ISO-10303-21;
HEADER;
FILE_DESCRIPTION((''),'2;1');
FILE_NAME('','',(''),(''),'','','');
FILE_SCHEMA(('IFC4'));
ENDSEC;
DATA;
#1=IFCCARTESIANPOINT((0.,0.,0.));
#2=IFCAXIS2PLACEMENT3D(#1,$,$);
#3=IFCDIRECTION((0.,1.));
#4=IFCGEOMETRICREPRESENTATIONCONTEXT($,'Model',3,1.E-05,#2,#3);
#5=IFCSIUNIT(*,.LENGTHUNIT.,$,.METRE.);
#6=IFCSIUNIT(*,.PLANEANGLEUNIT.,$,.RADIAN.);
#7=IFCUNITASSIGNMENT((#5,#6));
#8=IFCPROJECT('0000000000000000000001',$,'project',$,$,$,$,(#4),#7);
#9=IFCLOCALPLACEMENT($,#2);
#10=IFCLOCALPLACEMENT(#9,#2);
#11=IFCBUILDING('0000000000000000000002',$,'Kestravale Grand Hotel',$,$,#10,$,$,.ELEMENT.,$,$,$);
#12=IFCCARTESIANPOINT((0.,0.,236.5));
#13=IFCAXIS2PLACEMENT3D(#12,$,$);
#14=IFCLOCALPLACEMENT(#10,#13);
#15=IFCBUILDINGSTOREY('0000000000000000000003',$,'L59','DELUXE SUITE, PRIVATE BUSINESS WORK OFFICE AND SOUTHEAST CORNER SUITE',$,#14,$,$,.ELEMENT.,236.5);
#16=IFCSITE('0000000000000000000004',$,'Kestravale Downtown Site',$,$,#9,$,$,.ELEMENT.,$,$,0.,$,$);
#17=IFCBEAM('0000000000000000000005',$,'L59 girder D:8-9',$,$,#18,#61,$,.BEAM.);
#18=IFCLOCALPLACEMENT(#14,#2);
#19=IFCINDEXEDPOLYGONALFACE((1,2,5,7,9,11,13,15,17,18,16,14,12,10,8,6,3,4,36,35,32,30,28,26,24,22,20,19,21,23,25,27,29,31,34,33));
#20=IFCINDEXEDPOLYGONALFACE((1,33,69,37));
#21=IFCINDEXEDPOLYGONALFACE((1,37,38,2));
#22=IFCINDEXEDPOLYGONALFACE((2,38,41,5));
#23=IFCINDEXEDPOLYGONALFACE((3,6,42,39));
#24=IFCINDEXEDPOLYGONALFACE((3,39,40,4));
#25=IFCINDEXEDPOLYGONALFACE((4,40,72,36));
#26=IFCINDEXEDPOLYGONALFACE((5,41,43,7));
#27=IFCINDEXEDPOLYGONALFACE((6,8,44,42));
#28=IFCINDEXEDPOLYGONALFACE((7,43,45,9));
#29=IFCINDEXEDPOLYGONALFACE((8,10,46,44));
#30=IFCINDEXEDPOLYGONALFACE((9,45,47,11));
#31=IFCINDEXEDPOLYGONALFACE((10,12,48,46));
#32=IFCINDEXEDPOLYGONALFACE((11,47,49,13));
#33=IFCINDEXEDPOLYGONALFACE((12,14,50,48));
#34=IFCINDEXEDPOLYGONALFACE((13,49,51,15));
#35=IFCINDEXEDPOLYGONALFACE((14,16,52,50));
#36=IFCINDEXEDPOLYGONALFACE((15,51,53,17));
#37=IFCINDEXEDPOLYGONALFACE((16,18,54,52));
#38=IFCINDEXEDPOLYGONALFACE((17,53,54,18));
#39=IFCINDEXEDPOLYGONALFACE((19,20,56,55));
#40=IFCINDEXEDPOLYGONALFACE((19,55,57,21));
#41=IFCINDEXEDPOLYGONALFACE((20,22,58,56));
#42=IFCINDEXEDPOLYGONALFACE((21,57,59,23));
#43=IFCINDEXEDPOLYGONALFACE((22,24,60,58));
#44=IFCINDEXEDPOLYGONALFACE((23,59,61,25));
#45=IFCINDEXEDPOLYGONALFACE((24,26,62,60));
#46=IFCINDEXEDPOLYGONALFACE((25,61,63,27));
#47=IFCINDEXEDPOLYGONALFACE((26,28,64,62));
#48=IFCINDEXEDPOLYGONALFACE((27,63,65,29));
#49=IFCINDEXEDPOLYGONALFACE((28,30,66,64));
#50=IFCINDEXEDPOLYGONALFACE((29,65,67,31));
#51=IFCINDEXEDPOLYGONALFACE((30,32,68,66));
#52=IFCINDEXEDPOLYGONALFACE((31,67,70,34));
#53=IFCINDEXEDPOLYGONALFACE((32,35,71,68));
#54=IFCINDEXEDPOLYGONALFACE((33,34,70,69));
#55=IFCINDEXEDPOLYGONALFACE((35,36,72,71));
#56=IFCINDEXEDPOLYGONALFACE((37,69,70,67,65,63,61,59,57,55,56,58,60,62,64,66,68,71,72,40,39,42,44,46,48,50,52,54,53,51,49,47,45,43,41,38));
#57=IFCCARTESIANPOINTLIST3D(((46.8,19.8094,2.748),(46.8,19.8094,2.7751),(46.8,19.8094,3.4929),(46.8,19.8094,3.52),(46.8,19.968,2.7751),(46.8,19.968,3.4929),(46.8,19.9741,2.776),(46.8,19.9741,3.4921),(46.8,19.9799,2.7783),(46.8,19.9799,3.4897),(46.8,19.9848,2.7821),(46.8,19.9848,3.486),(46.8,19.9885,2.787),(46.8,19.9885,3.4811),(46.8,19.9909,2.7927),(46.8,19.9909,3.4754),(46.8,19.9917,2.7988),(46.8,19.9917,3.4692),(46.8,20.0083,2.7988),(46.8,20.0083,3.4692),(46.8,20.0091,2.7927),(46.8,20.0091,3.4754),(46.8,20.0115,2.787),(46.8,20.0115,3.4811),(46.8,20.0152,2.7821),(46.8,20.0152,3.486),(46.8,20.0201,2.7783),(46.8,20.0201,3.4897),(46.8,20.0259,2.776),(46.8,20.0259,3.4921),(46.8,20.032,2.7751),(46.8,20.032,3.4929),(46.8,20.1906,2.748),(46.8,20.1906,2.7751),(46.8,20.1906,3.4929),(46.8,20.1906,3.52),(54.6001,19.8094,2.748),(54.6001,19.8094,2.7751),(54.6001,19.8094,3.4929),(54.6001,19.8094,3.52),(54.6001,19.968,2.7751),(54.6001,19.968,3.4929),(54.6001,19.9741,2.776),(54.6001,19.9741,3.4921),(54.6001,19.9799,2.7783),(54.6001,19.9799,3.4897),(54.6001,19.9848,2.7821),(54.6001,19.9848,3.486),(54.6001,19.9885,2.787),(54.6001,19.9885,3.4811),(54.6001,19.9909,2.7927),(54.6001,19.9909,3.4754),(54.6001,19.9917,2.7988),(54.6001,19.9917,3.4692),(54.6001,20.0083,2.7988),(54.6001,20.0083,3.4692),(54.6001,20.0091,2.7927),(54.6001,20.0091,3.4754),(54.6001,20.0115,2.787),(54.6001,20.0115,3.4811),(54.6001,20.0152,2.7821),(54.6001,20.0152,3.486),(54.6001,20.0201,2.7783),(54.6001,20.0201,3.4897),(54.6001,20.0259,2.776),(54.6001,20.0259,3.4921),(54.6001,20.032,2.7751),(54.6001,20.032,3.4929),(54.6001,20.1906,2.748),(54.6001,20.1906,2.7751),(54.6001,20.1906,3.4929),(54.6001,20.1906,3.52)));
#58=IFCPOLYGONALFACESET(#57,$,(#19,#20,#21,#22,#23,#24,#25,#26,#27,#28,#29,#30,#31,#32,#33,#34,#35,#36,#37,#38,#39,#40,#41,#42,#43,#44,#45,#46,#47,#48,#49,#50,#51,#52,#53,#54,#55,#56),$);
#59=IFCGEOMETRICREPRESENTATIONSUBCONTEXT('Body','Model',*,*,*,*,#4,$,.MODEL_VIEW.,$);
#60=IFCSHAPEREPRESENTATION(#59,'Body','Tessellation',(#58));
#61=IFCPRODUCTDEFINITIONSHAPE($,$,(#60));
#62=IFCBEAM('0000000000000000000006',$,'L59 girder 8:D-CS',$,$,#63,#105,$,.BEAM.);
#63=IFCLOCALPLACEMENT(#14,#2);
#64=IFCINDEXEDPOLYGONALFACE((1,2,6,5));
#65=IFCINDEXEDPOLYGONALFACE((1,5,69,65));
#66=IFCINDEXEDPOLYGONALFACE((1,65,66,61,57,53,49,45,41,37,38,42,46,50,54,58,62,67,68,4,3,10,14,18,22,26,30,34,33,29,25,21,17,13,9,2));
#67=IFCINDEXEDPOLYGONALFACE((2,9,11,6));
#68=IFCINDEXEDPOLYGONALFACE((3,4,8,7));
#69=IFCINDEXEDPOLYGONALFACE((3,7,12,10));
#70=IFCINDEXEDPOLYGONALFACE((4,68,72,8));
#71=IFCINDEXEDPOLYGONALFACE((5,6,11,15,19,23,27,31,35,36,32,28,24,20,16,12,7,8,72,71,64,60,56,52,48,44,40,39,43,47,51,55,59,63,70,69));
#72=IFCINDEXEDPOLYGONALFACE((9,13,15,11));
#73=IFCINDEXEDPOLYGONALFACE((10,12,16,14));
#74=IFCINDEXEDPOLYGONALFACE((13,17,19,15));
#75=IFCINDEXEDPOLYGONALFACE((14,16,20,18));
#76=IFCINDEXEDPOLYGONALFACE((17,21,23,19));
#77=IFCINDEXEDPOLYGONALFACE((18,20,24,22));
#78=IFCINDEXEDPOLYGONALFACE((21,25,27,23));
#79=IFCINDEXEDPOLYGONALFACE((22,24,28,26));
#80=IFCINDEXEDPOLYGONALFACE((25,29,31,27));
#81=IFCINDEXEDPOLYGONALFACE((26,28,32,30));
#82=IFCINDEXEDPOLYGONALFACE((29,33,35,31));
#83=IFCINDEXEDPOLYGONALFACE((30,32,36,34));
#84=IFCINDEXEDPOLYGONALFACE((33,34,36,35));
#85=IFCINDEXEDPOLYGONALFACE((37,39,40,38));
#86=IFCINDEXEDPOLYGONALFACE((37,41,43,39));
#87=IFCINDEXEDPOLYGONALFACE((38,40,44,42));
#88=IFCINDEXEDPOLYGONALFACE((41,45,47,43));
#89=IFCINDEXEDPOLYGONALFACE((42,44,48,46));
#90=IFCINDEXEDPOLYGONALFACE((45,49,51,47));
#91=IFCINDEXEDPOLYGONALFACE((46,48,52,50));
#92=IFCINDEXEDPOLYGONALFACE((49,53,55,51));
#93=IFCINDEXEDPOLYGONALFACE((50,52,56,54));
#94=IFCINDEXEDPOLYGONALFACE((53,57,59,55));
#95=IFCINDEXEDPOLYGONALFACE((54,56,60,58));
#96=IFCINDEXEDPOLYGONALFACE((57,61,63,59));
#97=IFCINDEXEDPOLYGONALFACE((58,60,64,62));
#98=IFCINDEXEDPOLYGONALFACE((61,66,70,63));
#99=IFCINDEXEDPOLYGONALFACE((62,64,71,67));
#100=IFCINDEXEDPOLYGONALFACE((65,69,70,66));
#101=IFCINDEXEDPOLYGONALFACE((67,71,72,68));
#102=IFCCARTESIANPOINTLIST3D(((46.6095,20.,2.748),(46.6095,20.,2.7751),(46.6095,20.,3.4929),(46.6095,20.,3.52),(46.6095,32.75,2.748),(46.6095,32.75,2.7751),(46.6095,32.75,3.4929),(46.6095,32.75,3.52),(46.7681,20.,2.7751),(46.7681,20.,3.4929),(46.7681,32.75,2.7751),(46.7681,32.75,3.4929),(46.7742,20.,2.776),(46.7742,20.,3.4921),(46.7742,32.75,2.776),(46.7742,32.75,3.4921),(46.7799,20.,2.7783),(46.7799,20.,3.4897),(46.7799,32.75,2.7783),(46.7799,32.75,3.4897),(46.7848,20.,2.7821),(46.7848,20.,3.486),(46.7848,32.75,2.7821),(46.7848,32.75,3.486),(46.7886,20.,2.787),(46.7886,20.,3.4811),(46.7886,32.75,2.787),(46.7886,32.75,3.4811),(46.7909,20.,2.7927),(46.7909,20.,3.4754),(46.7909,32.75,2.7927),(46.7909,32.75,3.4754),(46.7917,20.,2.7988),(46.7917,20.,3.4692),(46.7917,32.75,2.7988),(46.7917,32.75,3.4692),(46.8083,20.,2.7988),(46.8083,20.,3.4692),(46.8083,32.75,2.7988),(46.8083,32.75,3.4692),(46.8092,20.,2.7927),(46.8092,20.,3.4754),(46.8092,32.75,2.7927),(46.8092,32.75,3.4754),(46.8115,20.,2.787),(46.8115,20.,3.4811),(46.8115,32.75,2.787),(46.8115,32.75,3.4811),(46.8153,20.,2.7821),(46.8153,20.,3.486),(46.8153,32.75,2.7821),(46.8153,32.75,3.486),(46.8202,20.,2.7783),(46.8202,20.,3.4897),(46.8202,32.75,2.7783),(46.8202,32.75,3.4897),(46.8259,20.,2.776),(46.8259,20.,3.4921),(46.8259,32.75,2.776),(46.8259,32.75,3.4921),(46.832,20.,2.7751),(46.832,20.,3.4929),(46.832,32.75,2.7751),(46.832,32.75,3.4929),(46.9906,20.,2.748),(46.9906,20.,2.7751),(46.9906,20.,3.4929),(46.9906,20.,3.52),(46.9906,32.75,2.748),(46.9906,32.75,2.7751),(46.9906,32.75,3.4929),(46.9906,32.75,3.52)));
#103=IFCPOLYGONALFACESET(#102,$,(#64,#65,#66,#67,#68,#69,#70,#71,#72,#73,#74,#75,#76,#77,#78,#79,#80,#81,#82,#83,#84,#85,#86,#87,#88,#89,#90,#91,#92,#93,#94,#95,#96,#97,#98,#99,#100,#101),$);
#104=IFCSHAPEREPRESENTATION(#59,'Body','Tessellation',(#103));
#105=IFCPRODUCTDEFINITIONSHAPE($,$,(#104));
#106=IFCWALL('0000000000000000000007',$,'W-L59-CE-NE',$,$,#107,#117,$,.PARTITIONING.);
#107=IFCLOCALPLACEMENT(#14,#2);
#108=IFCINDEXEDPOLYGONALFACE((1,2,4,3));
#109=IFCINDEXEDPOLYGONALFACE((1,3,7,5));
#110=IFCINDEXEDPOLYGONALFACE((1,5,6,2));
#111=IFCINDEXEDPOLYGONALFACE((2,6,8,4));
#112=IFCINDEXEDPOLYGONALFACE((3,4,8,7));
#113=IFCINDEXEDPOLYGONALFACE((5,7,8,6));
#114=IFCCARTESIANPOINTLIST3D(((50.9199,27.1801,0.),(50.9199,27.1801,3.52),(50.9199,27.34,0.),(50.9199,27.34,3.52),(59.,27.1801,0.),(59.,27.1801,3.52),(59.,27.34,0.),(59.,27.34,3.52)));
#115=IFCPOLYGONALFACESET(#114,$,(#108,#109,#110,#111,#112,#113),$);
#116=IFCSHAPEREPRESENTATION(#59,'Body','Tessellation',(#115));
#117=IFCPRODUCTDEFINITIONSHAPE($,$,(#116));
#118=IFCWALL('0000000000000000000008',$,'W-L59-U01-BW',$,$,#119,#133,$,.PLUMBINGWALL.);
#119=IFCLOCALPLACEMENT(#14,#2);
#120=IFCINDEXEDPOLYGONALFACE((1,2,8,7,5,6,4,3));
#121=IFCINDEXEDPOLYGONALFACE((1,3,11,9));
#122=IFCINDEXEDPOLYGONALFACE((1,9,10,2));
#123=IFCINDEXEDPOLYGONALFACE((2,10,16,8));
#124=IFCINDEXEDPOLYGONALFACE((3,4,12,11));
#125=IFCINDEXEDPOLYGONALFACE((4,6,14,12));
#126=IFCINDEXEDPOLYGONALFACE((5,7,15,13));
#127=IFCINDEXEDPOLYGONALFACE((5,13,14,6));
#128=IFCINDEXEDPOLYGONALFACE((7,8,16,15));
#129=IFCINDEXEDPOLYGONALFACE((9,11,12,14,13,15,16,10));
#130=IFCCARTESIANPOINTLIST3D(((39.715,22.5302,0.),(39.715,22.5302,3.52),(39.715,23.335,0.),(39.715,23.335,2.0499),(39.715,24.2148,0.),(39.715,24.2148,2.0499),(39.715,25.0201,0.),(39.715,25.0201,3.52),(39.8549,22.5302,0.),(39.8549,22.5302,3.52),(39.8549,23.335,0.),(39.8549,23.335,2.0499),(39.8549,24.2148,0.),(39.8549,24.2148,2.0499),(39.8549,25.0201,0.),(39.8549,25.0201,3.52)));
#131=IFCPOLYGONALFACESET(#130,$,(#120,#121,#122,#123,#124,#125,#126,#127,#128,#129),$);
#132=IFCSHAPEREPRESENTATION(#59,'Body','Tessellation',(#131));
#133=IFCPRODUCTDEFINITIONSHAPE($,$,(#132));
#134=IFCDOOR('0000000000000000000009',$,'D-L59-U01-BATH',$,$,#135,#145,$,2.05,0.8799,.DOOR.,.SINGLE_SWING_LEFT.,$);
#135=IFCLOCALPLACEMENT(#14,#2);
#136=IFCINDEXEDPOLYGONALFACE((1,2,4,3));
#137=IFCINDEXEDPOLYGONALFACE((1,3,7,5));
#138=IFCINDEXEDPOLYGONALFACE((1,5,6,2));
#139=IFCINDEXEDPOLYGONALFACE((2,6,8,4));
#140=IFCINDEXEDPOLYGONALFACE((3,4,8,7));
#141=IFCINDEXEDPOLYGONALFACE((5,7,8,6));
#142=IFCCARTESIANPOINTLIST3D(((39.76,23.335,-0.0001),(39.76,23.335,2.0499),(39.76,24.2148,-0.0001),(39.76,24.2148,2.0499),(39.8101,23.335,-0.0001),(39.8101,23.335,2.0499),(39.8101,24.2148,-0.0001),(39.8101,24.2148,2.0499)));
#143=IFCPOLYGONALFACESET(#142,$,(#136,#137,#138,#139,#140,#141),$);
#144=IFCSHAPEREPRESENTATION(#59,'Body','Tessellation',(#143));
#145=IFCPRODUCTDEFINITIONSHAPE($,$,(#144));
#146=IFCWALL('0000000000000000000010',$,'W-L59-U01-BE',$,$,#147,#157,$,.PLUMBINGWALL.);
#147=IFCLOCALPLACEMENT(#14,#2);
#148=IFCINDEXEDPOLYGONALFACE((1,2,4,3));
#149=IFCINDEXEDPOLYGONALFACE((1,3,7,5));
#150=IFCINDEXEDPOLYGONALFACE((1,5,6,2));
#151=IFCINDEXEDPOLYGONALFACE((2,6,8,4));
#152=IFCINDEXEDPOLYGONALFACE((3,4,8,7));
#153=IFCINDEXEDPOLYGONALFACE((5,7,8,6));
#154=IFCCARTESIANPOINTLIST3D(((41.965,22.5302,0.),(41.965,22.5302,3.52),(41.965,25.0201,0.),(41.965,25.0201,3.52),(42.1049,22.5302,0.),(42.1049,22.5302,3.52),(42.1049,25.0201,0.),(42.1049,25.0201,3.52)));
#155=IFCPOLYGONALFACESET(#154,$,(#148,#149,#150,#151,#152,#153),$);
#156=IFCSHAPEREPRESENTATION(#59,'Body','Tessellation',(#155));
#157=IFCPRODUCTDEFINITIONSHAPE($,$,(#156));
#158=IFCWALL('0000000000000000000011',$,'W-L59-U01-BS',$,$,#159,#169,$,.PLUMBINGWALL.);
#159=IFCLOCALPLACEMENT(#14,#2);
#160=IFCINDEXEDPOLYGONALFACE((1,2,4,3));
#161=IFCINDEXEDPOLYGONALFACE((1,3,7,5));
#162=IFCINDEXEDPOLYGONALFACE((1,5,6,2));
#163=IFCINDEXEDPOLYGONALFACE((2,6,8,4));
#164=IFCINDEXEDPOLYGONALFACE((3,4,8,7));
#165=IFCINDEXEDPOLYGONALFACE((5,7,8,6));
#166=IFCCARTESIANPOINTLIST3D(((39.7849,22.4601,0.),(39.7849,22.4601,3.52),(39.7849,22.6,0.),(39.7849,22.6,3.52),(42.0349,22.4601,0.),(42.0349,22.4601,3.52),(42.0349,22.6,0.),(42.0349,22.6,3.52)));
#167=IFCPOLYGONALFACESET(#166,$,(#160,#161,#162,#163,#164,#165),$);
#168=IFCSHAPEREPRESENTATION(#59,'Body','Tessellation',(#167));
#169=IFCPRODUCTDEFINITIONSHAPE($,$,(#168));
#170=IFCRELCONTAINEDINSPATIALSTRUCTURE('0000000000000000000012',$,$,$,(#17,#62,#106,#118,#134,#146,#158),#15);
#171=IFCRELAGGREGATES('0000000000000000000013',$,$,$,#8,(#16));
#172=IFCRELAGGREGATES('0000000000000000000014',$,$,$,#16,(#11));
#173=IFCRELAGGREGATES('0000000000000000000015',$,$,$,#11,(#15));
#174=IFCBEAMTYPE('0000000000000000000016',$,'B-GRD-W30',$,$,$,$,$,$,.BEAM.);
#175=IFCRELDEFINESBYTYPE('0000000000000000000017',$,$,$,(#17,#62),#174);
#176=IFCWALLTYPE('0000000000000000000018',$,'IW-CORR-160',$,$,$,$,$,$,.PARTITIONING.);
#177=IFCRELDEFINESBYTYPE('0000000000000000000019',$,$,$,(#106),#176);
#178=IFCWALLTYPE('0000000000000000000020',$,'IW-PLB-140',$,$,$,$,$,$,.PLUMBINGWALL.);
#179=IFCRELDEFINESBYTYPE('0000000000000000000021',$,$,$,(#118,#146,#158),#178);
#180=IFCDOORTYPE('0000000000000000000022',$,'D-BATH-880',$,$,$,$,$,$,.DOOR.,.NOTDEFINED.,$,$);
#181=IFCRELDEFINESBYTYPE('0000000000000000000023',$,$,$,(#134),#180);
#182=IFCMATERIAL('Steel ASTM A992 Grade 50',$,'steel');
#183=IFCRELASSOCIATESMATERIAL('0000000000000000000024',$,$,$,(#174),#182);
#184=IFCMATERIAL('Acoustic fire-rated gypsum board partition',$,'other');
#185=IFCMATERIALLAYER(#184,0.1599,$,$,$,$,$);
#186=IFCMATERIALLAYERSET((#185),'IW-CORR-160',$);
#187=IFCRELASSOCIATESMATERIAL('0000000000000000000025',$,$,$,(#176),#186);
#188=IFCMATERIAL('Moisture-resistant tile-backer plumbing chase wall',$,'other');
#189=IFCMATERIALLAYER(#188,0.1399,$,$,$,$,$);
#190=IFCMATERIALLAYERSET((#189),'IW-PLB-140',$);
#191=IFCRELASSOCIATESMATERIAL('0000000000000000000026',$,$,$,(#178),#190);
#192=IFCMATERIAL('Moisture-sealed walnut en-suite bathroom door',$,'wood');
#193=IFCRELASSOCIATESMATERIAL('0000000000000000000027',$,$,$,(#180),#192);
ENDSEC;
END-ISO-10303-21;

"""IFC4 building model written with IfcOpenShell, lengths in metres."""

from ifc_helpers import new_model, si_unit, direction, frame, frame_2d, origin, origin_2d, place, context, subcontext, project, spatial, rectangle, i_section, extrude, material, layer, layer_set, material_profile, profile_set, type_object, element, fill, save


model = new_model("IFC4")

# Units and contexts
model_context = context("Model", 3, precision=1e-05, world=origin(), true_north=direction((0.0, 1.0)))
body_context = subcontext(model_context, "Body", "Model", "MODEL_VIEW")
ifc_project = project(units=[si_unit("LENGTHUNIT", "METRE"), si_unit("PLANEANGLEUNIT", "RADIAN")], contexts=[model_context])

# Site, building, storey
site_placement = place(None, origin())
site = spatial("IfcSite", under=ifc_project, at=site_placement, Name="Kestravale Downtown Site", CompositionType="ELEMENT", RefElevation=0.0)
building_placement = place(site_placement, origin())
building = spatial("IfcBuilding", under=site, at=building_placement, Name="Kestravale Grand Hotel", CompositionType="ELEMENT")
storey_placement = place(building_placement, frame((0.0, 0.0, 236.5)))
storey = spatial("IfcBuildingStorey", under=building, at=storey_placement, Name="L59", Description="DELUXE SUITE, PRIVATE BUSINESS WORK OFFICE AND SOUTHEAST CORNER SUITE", CompositionType="ELEMENT", Elevation=236.5)

# Beams
ifc_material_1 = material(Name="Steel ASTM A992 Grade 50", Category="steel")
ifc_material_profile = material_profile(ifc_material_1, i_section(OverallWidth=0.3811, OverallDepth=0.772, WebThickness=0.0166, FlangeThickness=0.0271, FilletRadius=0.0237, at=origin_2d()))
ifc_profile_set = profile_set([ifc_material_profile], Name="Steel ASTM A992 Grade 50")
beam_type = type_object("IfcBeamType", Name="B-GRD-W30", PredefinedType="BEAM", material=ifc_profile_set)
beam_1_placement = place(storey_placement, frame((46.8, 20.0, 3.134), z_axis=(1.0, 0.0, 0.0), x_axis=(0.0, 1.0, 0.0)))
element("IfcBeam", 1, at=beam_1_placement, inside=storey, type_object=beam_type, Name="L59 girder D:8-9", PredefinedType="BEAM", context=body_context, shape_type="SweptSolid", body=[
    extrude(i_section(OverallWidth=0.3811, OverallDepth=0.772, WebThickness=0.0166, FlangeThickness=0.0271, FilletRadius=0.0237, at=origin_2d()), origin(), (0.0, 0.0, 1.0), 7.8),
])
beam_2_placement = place(storey_placement, frame((46.8, 20.0, 3.134), z_axis=(0.0, 1.0, 0.0), x_axis=(-1.0, 0.0, 0.0)))
element("IfcBeam", 2, at=beam_2_placement, inside=storey, type_object=beam_type, Name="L59 girder 8:D-CS", PredefinedType="BEAM", context=body_context, shape_type="SweptSolid", body=[
    extrude(i_section(OverallWidth=0.3811, OverallDepth=0.772, WebThickness=0.0166, FlangeThickness=0.0271, FilletRadius=0.0237, at=origin_2d()), origin(), (0.0, 0.0, 1.0), 12.75),
])

# Wall
ifc_material_2 = material(Name="Acoustic fire-rated gypsum board partition", Category="other")
ifc_layer_1 = layer(ifc_material_2, 0.1599)
ifc_layer_set_1 = layer_set([ifc_layer_1], Name="IW-CORR-160")
wall_type_1 = type_object("IfcWallType", Name="IW-CORR-160", PredefinedType="PARTITIONING", material=ifc_layer_set_1)
wall_1_placement = place(storey_placement, frame((50.9199, 27.26, 0.0), z_axis=(0.0, 0.0, 1.0), x_axis=(1.0, 0.0, 0.0)))
element("IfcWall", 3, at=wall_1_placement, inside=storey, type_object=wall_type_1, Name="W-L59-CE-NE", PredefinedType="PARTITIONING", context=body_context, shape_type="SweptSolid", body=[
    extrude(rectangle(XDim=8.0801, YDim=0.1599, at=frame_2d((4.04, 0.0))), origin(), (0.0, 0.0, 1.0), 3.52),
])

# Wall, opening, door
ifc_material_3 = material(Name="Moisture-resistant tile-backer plumbing chase wall", Category="other")
ifc_layer_2 = layer(ifc_material_3, 0.1399)
ifc_layer_set_2 = layer_set([ifc_layer_2], Name="IW-PLB-140")
wall_type_2 = type_object("IfcWallType", Name="IW-PLB-140", PredefinedType="PLUMBINGWALL", material=ifc_layer_set_2)
wall_2_placement = place(storey_placement, frame((39.7849, 22.53, 0.0), z_axis=(0.0, 0.0, 1.0), x_axis=(0.0, 1.0, 0.0)))
wall_2 = element("IfcWall", 4, at=wall_2_placement, inside=storey, type_object=wall_type_2, Name="W-L59-U01-BW", PredefinedType="PLUMBINGWALL", context=body_context, shape_type="SweptSolid", body=[
    extrude(rectangle(XDim=2.49, YDim=0.1399, at=frame_2d((1.2451, 0.0))), origin(), (0.0, 0.0, 1.0), 3.52),
])
opening_1_placement = place(wall_2_placement, frame((0.8049, 0.0, 0.0)))
opening_1 = element("IfcOpeningElement", 5, at=opening_1_placement, cuts=wall_2, PredefinedType="OPENING", context=body_context, shape_type="SweptSolid", body=[
    extrude(rectangle(XDim=0.8799, YDim=2.05, at=frame_2d((0.4399, 1.0249))), frame((0.0, 0.0798, 0.0), z_axis=(0.0, -1.0, 0.0), x_axis=(1.0, 0.0, 0.0)), (0.0, 0.0, 1.0), 0.1599),
])
ifc_material_4 = material(Name="Moisture-sealed walnut en-suite bathroom door", Category="wood")
door_type = type_object("IfcDoorType", Name="D-BATH-880", OperationType="NOTDEFINED", PredefinedType="DOOR", material=ifc_material_4)
door_1_placement = place(opening_1_placement, origin())
door_1 = element("IfcDoor", 6, at=door_1_placement, inside=storey, type_object=door_type, Name="D-L59-U01-BATH", OperationType="SINGLE_SWING_LEFT", OverallHeight=2.05, OverallWidth=0.8799, PredefinedType="DOOR", context=body_context, shape_type="SweptSolid", body=[
    extrude(rectangle(XDim=0.8799, YDim=2.05, at=frame_2d((0.4399, 1.0249))), frame((0.0, 0.0249, 0.0), z_axis=(0.0, -1.0, 0.0), x_axis=(1.0, 0.0, 0.0)), (0.0, 0.0, 1.0), 0.05),
])
fill(opening_1, door_1)

# Walls
wall_3_placement = place(storey_placement, frame((42.0349, 22.53, 0.0), z_axis=(0.0, 0.0, 1.0), x_axis=(0.0, 1.0, 0.0)))
element("IfcWall", 7, at=wall_3_placement, inside=storey, type_object=wall_type_2, Name="W-L59-U01-BE", PredefinedType="PLUMBINGWALL", context=body_context, shape_type="SweptSolid", body=[
    extrude(rectangle(XDim=2.49, YDim=0.1399, at=frame_2d((1.2451, 0.0))), origin(), (0.0, 0.0, 1.0), 3.52),
])
wall_4_placement = place(storey_placement, frame((39.7849, 22.53, 0.0), z_axis=(0.0, 0.0, 1.0), x_axis=(1.0, 0.0, 0.0)))
element("IfcWall", 8, at=wall_4_placement, inside=storey, type_object=wall_type_2, Name="W-L59-U01-BS", PredefinedType="PLUMBINGWALL", context=body_context, shape_type="SweptSolid", body=[
    extrude(rectangle(XDim=2.25, YDim=0.1399, at=frame_2d((1.125, 0.0))), origin(), (0.0, 0.0, 1.0), 3.52),
])

save(model, "model.ifc")
